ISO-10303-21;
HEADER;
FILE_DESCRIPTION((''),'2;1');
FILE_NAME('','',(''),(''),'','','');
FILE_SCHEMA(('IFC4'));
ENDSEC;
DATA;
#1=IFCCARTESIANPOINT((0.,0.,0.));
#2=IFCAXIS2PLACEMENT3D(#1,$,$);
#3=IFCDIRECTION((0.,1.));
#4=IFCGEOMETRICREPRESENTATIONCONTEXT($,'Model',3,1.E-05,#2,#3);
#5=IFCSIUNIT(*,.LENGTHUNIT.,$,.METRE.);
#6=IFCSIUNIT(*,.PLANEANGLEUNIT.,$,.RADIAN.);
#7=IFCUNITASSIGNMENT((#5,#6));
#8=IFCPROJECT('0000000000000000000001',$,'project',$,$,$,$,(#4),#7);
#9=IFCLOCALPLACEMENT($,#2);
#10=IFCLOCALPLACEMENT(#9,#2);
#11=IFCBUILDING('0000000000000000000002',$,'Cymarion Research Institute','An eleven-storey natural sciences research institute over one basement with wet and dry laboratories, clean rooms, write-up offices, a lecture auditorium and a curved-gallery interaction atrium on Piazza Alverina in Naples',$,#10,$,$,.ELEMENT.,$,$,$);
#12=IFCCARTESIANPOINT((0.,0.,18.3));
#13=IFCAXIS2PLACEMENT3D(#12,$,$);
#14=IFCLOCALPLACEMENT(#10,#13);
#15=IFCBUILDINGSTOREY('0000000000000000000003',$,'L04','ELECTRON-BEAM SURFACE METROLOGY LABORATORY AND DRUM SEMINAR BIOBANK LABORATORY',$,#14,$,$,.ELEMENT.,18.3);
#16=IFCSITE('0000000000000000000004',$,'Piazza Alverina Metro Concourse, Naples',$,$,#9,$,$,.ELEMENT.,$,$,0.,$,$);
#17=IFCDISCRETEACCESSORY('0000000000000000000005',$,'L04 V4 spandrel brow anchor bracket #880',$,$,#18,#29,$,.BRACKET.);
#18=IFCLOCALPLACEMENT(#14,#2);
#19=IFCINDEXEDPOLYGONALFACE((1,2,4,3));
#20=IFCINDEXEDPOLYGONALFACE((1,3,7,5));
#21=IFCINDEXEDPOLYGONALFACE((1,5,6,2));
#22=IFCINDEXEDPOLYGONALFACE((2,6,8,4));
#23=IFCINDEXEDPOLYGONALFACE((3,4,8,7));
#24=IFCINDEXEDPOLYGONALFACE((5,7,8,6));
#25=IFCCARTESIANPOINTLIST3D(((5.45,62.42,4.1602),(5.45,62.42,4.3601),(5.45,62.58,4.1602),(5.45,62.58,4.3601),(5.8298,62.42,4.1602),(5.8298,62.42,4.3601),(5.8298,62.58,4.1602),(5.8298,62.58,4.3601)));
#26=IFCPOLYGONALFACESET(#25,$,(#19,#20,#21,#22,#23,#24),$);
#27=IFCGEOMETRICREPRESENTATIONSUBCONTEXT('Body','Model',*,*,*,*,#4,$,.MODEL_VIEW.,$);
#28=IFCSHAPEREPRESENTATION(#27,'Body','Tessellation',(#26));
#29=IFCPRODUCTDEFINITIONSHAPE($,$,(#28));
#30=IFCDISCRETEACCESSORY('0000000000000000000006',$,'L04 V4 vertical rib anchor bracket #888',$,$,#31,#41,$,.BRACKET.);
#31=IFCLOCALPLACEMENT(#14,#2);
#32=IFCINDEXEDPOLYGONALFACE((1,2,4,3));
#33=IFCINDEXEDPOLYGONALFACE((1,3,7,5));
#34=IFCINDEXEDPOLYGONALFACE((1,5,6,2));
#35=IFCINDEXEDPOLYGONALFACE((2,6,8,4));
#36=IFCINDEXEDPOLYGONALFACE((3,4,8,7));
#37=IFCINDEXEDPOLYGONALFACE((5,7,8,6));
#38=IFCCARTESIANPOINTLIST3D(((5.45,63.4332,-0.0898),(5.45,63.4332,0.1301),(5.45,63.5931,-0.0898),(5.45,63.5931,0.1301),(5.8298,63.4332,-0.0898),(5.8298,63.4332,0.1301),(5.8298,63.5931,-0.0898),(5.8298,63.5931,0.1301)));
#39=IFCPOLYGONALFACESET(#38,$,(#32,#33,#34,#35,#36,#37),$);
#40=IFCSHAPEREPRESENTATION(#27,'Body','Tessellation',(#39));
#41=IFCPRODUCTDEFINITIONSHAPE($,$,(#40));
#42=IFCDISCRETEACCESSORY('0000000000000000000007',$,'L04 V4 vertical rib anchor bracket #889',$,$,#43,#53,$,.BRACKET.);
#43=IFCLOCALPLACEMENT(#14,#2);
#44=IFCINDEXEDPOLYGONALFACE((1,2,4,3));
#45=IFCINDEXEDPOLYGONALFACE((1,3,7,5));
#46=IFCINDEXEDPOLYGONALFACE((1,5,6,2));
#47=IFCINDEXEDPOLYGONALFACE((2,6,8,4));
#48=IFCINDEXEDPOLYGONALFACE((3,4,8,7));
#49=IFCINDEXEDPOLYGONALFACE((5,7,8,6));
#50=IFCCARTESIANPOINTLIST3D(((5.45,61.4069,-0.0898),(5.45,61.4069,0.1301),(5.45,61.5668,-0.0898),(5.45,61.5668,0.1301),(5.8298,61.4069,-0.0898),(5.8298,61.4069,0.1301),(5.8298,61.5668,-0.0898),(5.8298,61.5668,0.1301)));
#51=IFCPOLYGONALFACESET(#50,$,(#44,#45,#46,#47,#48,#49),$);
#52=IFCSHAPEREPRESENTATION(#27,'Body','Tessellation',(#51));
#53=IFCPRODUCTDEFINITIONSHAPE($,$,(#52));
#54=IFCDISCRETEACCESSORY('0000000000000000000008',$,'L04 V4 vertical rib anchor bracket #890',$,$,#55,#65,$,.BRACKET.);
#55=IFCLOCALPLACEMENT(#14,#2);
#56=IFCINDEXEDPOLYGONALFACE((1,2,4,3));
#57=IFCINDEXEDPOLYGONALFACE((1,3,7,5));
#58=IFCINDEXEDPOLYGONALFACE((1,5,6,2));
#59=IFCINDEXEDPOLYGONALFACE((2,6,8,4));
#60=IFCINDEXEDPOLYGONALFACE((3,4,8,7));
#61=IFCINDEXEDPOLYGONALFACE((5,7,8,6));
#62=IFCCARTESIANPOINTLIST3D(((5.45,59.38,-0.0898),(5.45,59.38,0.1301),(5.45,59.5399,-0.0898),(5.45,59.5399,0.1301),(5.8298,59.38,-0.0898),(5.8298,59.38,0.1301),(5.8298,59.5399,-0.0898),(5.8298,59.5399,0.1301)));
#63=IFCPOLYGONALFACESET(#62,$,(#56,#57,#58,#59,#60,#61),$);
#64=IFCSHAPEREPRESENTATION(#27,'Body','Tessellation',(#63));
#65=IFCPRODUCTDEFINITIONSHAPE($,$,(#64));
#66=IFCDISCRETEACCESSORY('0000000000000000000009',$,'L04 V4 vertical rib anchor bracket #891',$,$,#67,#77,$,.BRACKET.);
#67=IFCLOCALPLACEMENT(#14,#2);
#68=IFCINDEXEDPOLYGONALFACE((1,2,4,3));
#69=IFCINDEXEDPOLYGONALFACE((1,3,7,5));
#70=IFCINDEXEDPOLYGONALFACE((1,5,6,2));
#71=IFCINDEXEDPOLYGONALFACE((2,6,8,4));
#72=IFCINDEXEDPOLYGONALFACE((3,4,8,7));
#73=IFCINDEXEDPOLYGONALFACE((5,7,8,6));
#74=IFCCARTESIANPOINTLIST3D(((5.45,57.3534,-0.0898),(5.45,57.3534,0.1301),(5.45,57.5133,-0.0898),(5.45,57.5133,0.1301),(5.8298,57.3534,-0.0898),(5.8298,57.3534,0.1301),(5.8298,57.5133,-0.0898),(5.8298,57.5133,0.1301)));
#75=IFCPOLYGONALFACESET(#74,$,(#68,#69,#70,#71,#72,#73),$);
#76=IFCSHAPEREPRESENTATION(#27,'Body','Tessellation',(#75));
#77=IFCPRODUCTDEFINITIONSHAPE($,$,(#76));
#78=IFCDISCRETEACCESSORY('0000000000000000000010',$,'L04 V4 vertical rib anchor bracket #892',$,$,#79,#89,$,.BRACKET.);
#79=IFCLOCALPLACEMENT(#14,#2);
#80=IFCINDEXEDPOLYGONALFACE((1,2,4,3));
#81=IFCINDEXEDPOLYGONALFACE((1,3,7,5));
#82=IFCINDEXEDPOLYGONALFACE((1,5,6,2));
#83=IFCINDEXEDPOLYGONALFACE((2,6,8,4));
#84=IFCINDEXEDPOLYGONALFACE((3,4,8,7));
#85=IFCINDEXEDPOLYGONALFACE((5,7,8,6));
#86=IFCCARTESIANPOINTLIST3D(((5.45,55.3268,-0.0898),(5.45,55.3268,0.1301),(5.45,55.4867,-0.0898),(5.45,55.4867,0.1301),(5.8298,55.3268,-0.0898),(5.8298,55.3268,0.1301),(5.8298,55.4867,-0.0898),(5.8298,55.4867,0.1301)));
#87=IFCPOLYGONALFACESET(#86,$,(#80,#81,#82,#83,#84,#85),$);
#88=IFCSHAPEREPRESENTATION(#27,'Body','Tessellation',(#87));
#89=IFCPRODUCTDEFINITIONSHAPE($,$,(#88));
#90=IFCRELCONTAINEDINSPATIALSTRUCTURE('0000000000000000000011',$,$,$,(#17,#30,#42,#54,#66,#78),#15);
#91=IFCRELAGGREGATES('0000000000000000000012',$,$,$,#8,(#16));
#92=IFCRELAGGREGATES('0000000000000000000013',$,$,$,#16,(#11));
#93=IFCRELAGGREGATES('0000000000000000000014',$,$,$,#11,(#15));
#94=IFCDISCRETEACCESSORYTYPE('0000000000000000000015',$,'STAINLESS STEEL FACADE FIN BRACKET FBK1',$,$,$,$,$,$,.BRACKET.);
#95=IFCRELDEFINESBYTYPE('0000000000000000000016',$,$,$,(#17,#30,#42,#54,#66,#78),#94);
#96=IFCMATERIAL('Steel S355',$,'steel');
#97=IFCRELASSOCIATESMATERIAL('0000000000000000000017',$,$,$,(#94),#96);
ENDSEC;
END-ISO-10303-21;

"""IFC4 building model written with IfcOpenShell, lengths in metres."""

from ifc_helpers import new_model, si_unit, direction, frame, origin, origin_2d, place, context, subcontext, project, spatial, rectangle, extrude, material, type_object, element, save


model = new_model("IFC4")

# Units and contexts
model_context = context("Model", 3, precision=1e-05, world=origin(), true_north=direction((0.0, 1.0)))
body_context = subcontext(model_context, "Body", "Model", "MODEL_VIEW")
ifc_project = project(units=[si_unit("LENGTHUNIT", "METRE"), si_unit("PLANEANGLEUNIT", "RADIAN")], contexts=[model_context])

# Site, building, storey
site_placement = place(None, origin())
site = spatial("IfcSite", under=ifc_project, at=site_placement, Name="Piazza Alverina Metro Concourse, Naples", CompositionType="ELEMENT", RefElevation=0.0)
building_placement = place(site_placement, origin())
building = spatial("IfcBuilding", under=site, at=building_placement, Name="Cymarion Research Institute", Description="An eleven-storey natural sciences research institute over one basement with wet and dry laboratories, clean rooms, write-up offices, a lecture auditorium and a curved-gallery interaction atrium on Piazza Alverina in Naples", CompositionType="ELEMENT")
storey_placement = place(building_placement, frame((0.0, 0.0, 18.3)))
storey = spatial("IfcBuildingStorey", under=building, at=storey_placement, Name="L04", Description="ELECTRON-BEAM SURFACE METROLOGY LABORATORY AND DRUM SEMINAR BIOBANK LABORATORY", CompositionType="ELEMENT", Elevation=18.3)

# Discrete accessories
ifc_material_1 = material(Name="Steel S355", Category="steel")
discrete_accessory_type = type_object("IfcDiscreteAccessoryType", Name="STAINLESS STEEL FACADE FIN BRACKET FBK1", PredefinedType="BRACKET", material=ifc_material_1)
discrete_accessory_placement = place(storey_placement, frame((5.6399, 62.5, 4.1602), z_axis=(0.0, 0.0, 1.0), x_axis=(-1.0, 0.0, 0.0)))
element("IfcDiscreteAccessory", 1, at=discrete_accessory_placement, inside=storey, type_object=discrete_accessory_type, Name="L04 V4 spandrel brow anchor bracket #880", PredefinedType="BRACKET", context=body_context, shape_type="SweptSolid", body=[
    extrude(rectangle(XDim=0.3799, YDim=0.1599, at=origin_2d()), origin(), (0.0, 0.0, 1.0), 0.2),
])
for number, where, z_axis, x_axis, name in (
    (2, (5.6399, 63.5132, -0.0898), (0.0, 0.0, 1.0), (-1.0, 0.0, 0.0), "L04 V4 vertical rib anchor bracket #888"),
    (3, (5.6399, 61.4868, -0.0898), (0.0, 0.0, 1.0), (-1.0, 0.0, 0.0), "L04 V4 vertical rib anchor bracket #889"),
    (4, (5.6399, 59.46, -0.0898), (0.0, 0.0, 1.0), (-1.0, 0.0, 0.0), "L04 V4 vertical rib anchor bracket #890"),
    (5, (5.6399, 57.4333, -0.0898), (0.0, 0.0, 1.0), (-1.0, 0.0, 0.0), "L04 V4 vertical rib anchor bracket #891"),
    (6, (5.6399, 55.4067, -0.0898), (0.0, 0.0, 1.0), (-1.0, 0.0, 0.0), "L04 V4 vertical rib anchor bracket #892"),
):
    element("IfcDiscreteAccessory", number, at=place(storey_placement, frame(where, z_axis=z_axis, x_axis=x_axis)), inside=storey, type_object=discrete_accessory_type, Name=name, PredefinedType="BRACKET", context=body_context, shape_type="SweptSolid", body=[
        extrude(rectangle(XDim=0.3799, YDim=0.1599, at=origin_2d()), origin(), (0.0, 0.0, 1.0), 0.22),
    ])

save(model, "model.ifc")
